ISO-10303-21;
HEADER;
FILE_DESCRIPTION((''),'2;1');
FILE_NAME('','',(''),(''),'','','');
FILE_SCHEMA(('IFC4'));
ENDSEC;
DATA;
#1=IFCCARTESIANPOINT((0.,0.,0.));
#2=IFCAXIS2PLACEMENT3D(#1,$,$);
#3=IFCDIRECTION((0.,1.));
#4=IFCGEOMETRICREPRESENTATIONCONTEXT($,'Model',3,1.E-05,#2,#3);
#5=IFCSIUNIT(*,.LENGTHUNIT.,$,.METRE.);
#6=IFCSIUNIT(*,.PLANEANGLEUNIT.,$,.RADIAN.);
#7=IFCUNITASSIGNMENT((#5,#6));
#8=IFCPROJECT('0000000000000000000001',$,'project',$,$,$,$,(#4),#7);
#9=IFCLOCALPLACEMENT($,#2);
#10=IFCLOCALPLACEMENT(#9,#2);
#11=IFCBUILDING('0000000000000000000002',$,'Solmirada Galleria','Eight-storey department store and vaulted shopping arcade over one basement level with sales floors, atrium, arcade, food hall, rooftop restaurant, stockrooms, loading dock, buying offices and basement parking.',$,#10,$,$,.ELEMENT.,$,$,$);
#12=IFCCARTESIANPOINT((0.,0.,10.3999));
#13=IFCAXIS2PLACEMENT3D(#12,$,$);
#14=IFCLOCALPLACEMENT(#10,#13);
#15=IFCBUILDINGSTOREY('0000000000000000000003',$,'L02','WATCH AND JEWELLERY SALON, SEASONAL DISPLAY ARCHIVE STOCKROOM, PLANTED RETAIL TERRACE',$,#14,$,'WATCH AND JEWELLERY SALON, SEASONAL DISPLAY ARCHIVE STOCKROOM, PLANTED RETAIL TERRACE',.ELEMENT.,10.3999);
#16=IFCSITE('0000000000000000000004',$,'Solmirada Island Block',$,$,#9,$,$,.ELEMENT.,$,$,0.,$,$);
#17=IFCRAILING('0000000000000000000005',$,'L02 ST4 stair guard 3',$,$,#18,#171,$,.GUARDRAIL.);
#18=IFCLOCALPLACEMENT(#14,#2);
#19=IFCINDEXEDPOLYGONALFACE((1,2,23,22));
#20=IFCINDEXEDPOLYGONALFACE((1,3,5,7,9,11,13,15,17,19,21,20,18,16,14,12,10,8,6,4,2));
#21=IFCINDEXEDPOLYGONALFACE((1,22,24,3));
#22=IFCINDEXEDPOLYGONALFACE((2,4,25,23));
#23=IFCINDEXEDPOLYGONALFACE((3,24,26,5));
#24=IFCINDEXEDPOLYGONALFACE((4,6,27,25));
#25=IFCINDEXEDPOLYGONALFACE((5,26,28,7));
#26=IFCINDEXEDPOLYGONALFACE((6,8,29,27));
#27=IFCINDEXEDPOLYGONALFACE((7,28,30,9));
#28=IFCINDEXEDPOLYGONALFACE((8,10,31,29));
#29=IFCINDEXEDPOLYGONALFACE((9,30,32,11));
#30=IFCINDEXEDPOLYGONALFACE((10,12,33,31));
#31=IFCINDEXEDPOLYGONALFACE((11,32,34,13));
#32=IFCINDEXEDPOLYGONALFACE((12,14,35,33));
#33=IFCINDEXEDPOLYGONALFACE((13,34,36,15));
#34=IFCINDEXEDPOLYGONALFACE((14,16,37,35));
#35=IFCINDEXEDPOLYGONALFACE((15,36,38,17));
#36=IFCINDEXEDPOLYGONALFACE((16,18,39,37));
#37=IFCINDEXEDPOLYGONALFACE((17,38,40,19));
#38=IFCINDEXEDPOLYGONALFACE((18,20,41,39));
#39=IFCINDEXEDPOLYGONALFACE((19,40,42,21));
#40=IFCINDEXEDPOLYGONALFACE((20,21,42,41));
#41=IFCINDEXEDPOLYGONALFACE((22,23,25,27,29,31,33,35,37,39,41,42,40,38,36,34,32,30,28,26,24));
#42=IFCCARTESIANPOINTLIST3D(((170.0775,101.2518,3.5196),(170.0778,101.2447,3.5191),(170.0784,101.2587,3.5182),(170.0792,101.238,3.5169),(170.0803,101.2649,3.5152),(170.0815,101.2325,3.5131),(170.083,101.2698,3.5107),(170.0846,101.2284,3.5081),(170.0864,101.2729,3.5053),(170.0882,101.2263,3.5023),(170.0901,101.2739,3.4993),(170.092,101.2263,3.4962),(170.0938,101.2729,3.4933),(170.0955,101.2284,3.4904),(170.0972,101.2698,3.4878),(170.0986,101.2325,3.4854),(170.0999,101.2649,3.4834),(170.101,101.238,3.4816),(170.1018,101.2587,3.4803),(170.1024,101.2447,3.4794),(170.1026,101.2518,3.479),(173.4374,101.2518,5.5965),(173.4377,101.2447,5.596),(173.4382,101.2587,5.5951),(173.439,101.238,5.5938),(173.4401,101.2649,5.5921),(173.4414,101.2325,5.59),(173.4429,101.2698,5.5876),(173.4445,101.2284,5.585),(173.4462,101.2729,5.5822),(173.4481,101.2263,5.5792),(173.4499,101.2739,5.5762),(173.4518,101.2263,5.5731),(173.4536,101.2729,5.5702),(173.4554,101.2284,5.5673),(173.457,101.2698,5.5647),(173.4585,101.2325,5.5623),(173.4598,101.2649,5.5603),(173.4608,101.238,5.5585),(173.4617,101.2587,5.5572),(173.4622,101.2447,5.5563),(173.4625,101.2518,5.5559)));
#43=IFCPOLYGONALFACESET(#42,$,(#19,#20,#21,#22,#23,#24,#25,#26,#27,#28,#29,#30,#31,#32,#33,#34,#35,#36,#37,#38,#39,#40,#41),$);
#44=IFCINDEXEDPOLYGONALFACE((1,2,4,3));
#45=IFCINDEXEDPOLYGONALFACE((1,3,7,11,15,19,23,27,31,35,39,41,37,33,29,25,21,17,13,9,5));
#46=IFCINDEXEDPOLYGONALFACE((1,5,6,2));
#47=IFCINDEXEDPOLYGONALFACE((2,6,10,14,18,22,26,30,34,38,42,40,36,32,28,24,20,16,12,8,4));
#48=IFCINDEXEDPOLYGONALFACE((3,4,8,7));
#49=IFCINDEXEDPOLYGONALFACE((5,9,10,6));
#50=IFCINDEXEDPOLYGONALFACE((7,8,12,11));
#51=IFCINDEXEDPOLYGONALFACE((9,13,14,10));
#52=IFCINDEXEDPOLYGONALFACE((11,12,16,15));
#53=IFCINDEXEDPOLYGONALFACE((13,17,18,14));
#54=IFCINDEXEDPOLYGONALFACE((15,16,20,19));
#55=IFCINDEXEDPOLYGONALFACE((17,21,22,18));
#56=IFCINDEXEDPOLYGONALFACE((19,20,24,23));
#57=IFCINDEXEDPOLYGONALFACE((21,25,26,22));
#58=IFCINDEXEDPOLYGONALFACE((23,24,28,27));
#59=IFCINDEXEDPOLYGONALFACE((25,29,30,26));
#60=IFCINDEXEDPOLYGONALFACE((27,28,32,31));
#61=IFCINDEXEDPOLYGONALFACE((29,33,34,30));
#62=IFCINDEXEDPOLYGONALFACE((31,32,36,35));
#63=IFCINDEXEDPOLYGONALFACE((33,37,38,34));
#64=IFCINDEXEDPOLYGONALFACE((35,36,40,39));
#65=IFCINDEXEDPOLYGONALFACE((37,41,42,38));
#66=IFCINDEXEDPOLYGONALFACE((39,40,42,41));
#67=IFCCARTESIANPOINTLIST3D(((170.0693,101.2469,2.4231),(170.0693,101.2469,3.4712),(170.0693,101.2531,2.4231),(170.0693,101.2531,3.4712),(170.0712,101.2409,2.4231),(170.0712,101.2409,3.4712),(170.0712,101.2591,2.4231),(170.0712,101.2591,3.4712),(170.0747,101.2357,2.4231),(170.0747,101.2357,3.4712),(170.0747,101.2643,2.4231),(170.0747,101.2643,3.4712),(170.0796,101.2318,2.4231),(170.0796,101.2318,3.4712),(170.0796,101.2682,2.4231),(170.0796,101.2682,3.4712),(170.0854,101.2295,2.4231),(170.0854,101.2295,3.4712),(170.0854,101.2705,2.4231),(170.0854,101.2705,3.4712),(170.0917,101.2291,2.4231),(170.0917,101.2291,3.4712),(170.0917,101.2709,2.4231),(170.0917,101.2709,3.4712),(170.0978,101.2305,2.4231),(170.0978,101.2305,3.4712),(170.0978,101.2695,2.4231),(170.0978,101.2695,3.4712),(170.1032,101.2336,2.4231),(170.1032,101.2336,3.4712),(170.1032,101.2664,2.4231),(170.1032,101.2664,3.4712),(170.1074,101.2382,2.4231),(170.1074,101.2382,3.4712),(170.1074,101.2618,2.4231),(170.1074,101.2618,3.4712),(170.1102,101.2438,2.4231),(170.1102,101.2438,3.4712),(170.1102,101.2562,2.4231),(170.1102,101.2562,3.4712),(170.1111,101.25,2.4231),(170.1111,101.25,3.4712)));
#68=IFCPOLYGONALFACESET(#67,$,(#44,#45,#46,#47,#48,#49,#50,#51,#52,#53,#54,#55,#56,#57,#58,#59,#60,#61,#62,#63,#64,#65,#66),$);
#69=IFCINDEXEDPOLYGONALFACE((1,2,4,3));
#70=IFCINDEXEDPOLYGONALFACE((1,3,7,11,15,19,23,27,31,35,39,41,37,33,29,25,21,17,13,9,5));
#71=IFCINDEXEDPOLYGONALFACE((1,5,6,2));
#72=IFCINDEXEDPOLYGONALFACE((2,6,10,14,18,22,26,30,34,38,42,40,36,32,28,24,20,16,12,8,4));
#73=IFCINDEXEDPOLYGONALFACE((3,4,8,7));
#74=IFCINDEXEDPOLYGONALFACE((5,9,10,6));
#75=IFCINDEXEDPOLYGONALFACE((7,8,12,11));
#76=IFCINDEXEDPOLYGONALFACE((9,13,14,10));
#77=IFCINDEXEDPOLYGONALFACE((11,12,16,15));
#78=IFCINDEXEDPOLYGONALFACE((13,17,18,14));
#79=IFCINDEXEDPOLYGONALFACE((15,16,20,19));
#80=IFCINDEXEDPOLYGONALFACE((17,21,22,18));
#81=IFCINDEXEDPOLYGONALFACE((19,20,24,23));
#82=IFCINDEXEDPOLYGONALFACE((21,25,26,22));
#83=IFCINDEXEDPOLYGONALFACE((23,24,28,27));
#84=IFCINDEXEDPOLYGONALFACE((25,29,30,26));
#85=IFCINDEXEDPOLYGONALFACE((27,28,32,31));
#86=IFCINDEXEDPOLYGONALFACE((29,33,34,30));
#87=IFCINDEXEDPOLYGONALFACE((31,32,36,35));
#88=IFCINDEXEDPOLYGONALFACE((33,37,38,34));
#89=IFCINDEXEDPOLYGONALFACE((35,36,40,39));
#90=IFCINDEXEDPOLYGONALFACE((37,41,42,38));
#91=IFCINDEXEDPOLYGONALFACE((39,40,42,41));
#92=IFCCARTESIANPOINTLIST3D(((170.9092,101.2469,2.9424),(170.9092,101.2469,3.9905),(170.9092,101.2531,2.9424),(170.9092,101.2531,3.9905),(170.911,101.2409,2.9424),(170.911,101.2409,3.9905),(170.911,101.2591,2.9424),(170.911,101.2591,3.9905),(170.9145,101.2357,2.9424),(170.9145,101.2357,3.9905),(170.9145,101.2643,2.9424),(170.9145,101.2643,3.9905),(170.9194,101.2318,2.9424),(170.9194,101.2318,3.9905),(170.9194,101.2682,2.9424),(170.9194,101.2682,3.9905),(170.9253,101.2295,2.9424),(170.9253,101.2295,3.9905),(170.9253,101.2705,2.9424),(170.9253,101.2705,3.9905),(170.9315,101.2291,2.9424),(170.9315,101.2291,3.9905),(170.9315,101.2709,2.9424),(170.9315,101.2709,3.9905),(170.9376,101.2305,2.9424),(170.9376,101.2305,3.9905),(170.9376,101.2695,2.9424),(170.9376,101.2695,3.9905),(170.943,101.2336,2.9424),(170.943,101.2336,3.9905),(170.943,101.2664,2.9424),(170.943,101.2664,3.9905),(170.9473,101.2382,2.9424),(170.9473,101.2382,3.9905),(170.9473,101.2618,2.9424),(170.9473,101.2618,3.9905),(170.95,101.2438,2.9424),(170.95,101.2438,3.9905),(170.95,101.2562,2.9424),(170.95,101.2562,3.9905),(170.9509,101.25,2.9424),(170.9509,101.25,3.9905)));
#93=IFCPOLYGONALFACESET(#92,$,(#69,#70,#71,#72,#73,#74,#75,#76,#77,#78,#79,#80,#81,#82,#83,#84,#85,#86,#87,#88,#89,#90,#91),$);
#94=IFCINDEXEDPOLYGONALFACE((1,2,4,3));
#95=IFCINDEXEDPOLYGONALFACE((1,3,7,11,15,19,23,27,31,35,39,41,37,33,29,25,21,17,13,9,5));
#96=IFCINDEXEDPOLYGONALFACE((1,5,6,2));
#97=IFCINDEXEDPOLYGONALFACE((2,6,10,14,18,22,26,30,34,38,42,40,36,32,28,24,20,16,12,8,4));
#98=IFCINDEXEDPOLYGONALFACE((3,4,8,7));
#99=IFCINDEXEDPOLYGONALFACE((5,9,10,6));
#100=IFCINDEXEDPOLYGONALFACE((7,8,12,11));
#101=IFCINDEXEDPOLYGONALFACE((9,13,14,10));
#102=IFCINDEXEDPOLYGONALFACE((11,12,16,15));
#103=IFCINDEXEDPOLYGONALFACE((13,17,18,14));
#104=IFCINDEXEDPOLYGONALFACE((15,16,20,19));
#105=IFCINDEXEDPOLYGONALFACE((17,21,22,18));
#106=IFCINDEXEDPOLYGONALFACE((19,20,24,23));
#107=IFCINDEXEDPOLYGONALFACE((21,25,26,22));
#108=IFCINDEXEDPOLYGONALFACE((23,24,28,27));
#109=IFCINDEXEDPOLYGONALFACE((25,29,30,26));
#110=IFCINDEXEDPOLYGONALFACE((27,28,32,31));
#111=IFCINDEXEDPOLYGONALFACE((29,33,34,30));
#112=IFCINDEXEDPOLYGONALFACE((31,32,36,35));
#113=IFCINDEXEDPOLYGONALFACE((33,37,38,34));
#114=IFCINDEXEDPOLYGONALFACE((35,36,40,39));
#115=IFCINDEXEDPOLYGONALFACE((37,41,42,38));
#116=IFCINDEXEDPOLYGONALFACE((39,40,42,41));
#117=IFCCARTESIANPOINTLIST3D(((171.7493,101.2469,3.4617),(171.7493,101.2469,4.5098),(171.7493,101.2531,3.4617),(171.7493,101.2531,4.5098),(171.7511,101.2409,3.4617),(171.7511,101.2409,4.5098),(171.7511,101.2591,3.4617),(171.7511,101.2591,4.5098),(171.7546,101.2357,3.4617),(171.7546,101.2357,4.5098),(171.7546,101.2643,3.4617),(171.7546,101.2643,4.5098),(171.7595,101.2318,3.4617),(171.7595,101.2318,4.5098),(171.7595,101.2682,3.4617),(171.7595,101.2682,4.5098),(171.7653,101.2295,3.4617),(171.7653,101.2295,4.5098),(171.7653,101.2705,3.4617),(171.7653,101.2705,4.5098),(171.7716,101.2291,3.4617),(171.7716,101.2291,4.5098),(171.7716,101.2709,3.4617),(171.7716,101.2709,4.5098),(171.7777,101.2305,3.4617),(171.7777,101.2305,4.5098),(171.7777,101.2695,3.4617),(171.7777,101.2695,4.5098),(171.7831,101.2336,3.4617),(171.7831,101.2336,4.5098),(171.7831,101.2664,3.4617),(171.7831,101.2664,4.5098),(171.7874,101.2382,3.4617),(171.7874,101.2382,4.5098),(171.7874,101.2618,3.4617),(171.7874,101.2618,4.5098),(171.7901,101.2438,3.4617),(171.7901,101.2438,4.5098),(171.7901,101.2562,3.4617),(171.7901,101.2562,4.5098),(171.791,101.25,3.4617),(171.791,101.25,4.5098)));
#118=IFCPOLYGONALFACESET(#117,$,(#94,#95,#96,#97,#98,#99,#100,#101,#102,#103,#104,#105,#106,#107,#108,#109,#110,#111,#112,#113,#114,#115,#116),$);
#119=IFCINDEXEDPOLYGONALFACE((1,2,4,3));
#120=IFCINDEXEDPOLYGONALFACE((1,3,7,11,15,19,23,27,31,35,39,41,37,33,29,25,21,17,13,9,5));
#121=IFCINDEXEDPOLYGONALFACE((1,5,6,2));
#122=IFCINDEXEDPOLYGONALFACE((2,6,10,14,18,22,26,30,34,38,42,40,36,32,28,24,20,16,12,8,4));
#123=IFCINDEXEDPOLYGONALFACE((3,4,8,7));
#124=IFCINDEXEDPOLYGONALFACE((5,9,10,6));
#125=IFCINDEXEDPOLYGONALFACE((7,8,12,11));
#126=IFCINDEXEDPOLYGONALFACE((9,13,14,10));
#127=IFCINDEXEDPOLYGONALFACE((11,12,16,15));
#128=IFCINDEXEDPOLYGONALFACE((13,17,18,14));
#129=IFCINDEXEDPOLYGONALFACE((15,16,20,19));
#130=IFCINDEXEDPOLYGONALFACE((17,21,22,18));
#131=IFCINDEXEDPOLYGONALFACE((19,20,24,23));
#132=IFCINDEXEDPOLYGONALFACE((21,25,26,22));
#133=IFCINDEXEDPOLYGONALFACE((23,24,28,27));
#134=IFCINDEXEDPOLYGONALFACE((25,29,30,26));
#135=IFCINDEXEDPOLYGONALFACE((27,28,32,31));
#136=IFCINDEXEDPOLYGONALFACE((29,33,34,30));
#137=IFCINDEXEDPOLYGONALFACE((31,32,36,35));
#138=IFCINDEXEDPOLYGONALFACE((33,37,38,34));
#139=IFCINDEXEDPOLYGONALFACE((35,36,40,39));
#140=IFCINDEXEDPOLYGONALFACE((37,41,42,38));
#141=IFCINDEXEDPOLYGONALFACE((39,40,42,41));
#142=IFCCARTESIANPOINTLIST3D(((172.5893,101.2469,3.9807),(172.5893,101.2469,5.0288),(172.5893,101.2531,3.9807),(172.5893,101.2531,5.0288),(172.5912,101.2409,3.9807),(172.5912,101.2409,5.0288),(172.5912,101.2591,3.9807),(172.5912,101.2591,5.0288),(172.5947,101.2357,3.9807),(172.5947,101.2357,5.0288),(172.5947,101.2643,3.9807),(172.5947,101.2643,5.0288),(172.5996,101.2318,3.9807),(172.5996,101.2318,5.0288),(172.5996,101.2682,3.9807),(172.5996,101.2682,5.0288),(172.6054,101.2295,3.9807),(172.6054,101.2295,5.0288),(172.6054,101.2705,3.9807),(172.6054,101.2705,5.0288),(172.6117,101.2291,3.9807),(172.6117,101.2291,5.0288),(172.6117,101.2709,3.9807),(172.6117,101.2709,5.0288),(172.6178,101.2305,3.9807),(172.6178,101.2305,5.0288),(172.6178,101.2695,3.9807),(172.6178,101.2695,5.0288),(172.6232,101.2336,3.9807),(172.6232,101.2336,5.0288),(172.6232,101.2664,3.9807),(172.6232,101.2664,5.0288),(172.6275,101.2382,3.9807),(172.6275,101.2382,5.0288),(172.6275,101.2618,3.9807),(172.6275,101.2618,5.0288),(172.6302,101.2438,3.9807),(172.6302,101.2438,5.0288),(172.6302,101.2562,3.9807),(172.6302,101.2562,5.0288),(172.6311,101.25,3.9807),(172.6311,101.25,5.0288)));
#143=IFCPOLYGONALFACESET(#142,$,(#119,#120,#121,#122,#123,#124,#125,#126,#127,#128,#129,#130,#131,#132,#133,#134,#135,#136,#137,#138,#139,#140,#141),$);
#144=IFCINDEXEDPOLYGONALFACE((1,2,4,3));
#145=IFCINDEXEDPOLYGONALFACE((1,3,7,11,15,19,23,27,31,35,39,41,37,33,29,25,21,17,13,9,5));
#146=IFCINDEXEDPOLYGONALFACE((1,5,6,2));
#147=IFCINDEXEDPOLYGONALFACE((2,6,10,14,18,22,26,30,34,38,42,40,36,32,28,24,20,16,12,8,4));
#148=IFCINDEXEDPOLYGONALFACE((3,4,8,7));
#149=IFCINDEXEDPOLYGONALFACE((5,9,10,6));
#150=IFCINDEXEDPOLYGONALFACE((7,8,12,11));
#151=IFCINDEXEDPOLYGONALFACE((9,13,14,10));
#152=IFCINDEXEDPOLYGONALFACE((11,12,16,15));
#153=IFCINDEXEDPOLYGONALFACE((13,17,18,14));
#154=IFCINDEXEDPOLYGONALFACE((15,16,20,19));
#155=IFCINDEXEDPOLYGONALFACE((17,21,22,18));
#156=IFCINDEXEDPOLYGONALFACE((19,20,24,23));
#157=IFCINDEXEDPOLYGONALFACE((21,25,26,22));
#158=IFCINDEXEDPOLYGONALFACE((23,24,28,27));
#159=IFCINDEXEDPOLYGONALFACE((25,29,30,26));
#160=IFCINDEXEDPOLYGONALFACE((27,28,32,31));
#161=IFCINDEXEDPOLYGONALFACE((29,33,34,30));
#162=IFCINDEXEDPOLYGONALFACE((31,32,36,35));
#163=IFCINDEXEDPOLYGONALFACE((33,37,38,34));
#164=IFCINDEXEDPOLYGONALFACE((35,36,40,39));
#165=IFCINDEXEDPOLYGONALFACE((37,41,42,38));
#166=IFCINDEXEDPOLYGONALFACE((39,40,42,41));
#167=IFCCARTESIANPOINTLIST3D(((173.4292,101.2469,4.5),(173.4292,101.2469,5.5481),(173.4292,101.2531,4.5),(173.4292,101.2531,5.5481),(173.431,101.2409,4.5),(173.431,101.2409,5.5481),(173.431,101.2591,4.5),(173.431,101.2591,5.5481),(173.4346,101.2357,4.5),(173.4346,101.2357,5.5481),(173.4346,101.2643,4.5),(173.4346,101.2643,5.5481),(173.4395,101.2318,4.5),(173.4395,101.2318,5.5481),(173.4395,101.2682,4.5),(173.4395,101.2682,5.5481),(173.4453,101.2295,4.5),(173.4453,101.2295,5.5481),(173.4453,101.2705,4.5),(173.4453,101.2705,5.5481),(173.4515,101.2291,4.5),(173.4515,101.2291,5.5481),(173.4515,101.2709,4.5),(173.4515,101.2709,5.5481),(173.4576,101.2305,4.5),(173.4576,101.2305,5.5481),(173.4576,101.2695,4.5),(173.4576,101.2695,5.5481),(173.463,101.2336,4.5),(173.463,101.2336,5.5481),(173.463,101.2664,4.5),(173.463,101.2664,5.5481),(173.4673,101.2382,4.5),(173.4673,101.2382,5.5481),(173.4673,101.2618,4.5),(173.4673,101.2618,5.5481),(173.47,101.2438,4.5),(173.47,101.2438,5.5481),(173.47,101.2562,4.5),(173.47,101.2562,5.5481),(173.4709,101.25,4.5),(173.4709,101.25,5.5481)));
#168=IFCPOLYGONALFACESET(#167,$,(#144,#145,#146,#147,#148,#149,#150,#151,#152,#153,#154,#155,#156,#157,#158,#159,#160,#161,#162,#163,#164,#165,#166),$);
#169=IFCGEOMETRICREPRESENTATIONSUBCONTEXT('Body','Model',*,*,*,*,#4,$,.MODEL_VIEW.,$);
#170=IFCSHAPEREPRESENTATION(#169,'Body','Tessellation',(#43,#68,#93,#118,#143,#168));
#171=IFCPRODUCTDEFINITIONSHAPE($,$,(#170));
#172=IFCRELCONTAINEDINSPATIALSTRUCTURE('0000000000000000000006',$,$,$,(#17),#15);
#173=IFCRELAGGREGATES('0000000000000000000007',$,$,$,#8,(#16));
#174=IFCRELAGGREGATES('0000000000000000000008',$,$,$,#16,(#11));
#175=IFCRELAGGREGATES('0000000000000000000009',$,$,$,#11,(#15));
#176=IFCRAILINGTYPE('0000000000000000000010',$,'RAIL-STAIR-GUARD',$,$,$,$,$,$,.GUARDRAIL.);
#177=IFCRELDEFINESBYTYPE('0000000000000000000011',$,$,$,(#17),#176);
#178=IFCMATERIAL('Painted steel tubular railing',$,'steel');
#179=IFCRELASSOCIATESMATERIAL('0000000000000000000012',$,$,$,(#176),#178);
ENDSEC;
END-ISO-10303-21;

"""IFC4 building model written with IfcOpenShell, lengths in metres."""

from ifc_helpers import new_model, si_unit, direction, frame, origin, origin_2d, place, context, subcontext, project, spatial, circle, extrude, material, type_object, element, save


model = new_model("IFC4")

# Units and contexts
model_context = context("Model", 3, precision=1e-05, world=origin(), true_north=direction((0.0, 1.0)))
body_context = subcontext(model_context, "Body", "Model", "MODEL_VIEW")
ifc_project = project(units=[si_unit("LENGTHUNIT", "METRE"), si_unit("PLANEANGLEUNIT", "RADIAN")], contexts=[model_context])

# Site, building, storey
site_placement = place(None, origin())
site = spatial("IfcSite", under=ifc_project, at=site_placement, Name="Solmirada Island Block", CompositionType="ELEMENT", RefElevation=0.0)
building_placement = place(site_placement, origin())
building = spatial("IfcBuilding", under=site, at=building_placement, Name="Solmirada Galleria", Description="Eight-storey department store and vaulted shopping arcade over one basement level with sales floors, atrium, arcade, food hall, rooftop restaurant, stockrooms, loading dock, buying offices and basement parking.", CompositionType="ELEMENT")
storey_placement = place(building_placement, frame((0.0, 0.0, 10.3999)))
storey = spatial("IfcBuildingStorey", under=building, at=storey_placement, Name="L02", Description="WATCH AND JEWELLERY SALON, SEASONAL DISPLAY ARCHIVE STOCKROOM, PLANTED RETAIL TERRACE", LongName="WATCH AND JEWELLERY SALON, SEASONAL DISPLAY ARCHIVE STOCKROOM, PLANTED RETAIL TERRACE", CompositionType="ELEMENT", Elevation=10.3999)

# Railing
ifc_material_1 = material(Name="Painted steel tubular railing", Category="steel")
railing_type_1 = type_object("IfcRailingType", Name="RAIL-STAIR-GUARD", PredefinedType="GUARDRAIL", material=ifc_material_1)
railing_1_placement = place(storey_placement, frame((170.0901, 101.25, 2.4231)))
element("IfcRailing", 1, at=railing_1_placement, inside=storey, type_object=railing_type_1, Name="L02 ST4 stair guard 3", PredefinedType="GUARDRAIL", context=body_context, shape_type="SweptSolid", body=[
    extrude(circle(Radius=0.0239, at=origin_2d()), frame((0.0, 0.0, 1.0762), z_axis=(0.850606, 0.0, 0.525803), x_axis=(0.0, 1.0, 0.0)), (0.0, 0.0, 1.0), 3.95),
    extrude(circle(Radius=0.021, at=origin_2d()), origin(), (0.0, 0.0, 1.0), 1.0481),
    extrude(circle(Radius=0.021, at=origin_2d()), frame((0.8398, 0.0, 0.5193)), (0.0, 0.0, 1.0), 1.0481),
    extrude(circle(Radius=0.021, at=origin_2d()), frame((1.6799, 0.0, 1.0386)), (0.0, 0.0, 1.0), 1.0481),
    extrude(circle(Radius=0.021, at=origin_2d()), frame((2.52, 0.0, 1.5576)), (0.0, 0.0, 1.0), 1.0481),
    extrude(circle(Radius=0.021, at=origin_2d()), frame((3.3599, 0.0, 2.0769)), (0.0, 0.0, 1.0), 1.0481),
])

save(model, "model.ifc")
